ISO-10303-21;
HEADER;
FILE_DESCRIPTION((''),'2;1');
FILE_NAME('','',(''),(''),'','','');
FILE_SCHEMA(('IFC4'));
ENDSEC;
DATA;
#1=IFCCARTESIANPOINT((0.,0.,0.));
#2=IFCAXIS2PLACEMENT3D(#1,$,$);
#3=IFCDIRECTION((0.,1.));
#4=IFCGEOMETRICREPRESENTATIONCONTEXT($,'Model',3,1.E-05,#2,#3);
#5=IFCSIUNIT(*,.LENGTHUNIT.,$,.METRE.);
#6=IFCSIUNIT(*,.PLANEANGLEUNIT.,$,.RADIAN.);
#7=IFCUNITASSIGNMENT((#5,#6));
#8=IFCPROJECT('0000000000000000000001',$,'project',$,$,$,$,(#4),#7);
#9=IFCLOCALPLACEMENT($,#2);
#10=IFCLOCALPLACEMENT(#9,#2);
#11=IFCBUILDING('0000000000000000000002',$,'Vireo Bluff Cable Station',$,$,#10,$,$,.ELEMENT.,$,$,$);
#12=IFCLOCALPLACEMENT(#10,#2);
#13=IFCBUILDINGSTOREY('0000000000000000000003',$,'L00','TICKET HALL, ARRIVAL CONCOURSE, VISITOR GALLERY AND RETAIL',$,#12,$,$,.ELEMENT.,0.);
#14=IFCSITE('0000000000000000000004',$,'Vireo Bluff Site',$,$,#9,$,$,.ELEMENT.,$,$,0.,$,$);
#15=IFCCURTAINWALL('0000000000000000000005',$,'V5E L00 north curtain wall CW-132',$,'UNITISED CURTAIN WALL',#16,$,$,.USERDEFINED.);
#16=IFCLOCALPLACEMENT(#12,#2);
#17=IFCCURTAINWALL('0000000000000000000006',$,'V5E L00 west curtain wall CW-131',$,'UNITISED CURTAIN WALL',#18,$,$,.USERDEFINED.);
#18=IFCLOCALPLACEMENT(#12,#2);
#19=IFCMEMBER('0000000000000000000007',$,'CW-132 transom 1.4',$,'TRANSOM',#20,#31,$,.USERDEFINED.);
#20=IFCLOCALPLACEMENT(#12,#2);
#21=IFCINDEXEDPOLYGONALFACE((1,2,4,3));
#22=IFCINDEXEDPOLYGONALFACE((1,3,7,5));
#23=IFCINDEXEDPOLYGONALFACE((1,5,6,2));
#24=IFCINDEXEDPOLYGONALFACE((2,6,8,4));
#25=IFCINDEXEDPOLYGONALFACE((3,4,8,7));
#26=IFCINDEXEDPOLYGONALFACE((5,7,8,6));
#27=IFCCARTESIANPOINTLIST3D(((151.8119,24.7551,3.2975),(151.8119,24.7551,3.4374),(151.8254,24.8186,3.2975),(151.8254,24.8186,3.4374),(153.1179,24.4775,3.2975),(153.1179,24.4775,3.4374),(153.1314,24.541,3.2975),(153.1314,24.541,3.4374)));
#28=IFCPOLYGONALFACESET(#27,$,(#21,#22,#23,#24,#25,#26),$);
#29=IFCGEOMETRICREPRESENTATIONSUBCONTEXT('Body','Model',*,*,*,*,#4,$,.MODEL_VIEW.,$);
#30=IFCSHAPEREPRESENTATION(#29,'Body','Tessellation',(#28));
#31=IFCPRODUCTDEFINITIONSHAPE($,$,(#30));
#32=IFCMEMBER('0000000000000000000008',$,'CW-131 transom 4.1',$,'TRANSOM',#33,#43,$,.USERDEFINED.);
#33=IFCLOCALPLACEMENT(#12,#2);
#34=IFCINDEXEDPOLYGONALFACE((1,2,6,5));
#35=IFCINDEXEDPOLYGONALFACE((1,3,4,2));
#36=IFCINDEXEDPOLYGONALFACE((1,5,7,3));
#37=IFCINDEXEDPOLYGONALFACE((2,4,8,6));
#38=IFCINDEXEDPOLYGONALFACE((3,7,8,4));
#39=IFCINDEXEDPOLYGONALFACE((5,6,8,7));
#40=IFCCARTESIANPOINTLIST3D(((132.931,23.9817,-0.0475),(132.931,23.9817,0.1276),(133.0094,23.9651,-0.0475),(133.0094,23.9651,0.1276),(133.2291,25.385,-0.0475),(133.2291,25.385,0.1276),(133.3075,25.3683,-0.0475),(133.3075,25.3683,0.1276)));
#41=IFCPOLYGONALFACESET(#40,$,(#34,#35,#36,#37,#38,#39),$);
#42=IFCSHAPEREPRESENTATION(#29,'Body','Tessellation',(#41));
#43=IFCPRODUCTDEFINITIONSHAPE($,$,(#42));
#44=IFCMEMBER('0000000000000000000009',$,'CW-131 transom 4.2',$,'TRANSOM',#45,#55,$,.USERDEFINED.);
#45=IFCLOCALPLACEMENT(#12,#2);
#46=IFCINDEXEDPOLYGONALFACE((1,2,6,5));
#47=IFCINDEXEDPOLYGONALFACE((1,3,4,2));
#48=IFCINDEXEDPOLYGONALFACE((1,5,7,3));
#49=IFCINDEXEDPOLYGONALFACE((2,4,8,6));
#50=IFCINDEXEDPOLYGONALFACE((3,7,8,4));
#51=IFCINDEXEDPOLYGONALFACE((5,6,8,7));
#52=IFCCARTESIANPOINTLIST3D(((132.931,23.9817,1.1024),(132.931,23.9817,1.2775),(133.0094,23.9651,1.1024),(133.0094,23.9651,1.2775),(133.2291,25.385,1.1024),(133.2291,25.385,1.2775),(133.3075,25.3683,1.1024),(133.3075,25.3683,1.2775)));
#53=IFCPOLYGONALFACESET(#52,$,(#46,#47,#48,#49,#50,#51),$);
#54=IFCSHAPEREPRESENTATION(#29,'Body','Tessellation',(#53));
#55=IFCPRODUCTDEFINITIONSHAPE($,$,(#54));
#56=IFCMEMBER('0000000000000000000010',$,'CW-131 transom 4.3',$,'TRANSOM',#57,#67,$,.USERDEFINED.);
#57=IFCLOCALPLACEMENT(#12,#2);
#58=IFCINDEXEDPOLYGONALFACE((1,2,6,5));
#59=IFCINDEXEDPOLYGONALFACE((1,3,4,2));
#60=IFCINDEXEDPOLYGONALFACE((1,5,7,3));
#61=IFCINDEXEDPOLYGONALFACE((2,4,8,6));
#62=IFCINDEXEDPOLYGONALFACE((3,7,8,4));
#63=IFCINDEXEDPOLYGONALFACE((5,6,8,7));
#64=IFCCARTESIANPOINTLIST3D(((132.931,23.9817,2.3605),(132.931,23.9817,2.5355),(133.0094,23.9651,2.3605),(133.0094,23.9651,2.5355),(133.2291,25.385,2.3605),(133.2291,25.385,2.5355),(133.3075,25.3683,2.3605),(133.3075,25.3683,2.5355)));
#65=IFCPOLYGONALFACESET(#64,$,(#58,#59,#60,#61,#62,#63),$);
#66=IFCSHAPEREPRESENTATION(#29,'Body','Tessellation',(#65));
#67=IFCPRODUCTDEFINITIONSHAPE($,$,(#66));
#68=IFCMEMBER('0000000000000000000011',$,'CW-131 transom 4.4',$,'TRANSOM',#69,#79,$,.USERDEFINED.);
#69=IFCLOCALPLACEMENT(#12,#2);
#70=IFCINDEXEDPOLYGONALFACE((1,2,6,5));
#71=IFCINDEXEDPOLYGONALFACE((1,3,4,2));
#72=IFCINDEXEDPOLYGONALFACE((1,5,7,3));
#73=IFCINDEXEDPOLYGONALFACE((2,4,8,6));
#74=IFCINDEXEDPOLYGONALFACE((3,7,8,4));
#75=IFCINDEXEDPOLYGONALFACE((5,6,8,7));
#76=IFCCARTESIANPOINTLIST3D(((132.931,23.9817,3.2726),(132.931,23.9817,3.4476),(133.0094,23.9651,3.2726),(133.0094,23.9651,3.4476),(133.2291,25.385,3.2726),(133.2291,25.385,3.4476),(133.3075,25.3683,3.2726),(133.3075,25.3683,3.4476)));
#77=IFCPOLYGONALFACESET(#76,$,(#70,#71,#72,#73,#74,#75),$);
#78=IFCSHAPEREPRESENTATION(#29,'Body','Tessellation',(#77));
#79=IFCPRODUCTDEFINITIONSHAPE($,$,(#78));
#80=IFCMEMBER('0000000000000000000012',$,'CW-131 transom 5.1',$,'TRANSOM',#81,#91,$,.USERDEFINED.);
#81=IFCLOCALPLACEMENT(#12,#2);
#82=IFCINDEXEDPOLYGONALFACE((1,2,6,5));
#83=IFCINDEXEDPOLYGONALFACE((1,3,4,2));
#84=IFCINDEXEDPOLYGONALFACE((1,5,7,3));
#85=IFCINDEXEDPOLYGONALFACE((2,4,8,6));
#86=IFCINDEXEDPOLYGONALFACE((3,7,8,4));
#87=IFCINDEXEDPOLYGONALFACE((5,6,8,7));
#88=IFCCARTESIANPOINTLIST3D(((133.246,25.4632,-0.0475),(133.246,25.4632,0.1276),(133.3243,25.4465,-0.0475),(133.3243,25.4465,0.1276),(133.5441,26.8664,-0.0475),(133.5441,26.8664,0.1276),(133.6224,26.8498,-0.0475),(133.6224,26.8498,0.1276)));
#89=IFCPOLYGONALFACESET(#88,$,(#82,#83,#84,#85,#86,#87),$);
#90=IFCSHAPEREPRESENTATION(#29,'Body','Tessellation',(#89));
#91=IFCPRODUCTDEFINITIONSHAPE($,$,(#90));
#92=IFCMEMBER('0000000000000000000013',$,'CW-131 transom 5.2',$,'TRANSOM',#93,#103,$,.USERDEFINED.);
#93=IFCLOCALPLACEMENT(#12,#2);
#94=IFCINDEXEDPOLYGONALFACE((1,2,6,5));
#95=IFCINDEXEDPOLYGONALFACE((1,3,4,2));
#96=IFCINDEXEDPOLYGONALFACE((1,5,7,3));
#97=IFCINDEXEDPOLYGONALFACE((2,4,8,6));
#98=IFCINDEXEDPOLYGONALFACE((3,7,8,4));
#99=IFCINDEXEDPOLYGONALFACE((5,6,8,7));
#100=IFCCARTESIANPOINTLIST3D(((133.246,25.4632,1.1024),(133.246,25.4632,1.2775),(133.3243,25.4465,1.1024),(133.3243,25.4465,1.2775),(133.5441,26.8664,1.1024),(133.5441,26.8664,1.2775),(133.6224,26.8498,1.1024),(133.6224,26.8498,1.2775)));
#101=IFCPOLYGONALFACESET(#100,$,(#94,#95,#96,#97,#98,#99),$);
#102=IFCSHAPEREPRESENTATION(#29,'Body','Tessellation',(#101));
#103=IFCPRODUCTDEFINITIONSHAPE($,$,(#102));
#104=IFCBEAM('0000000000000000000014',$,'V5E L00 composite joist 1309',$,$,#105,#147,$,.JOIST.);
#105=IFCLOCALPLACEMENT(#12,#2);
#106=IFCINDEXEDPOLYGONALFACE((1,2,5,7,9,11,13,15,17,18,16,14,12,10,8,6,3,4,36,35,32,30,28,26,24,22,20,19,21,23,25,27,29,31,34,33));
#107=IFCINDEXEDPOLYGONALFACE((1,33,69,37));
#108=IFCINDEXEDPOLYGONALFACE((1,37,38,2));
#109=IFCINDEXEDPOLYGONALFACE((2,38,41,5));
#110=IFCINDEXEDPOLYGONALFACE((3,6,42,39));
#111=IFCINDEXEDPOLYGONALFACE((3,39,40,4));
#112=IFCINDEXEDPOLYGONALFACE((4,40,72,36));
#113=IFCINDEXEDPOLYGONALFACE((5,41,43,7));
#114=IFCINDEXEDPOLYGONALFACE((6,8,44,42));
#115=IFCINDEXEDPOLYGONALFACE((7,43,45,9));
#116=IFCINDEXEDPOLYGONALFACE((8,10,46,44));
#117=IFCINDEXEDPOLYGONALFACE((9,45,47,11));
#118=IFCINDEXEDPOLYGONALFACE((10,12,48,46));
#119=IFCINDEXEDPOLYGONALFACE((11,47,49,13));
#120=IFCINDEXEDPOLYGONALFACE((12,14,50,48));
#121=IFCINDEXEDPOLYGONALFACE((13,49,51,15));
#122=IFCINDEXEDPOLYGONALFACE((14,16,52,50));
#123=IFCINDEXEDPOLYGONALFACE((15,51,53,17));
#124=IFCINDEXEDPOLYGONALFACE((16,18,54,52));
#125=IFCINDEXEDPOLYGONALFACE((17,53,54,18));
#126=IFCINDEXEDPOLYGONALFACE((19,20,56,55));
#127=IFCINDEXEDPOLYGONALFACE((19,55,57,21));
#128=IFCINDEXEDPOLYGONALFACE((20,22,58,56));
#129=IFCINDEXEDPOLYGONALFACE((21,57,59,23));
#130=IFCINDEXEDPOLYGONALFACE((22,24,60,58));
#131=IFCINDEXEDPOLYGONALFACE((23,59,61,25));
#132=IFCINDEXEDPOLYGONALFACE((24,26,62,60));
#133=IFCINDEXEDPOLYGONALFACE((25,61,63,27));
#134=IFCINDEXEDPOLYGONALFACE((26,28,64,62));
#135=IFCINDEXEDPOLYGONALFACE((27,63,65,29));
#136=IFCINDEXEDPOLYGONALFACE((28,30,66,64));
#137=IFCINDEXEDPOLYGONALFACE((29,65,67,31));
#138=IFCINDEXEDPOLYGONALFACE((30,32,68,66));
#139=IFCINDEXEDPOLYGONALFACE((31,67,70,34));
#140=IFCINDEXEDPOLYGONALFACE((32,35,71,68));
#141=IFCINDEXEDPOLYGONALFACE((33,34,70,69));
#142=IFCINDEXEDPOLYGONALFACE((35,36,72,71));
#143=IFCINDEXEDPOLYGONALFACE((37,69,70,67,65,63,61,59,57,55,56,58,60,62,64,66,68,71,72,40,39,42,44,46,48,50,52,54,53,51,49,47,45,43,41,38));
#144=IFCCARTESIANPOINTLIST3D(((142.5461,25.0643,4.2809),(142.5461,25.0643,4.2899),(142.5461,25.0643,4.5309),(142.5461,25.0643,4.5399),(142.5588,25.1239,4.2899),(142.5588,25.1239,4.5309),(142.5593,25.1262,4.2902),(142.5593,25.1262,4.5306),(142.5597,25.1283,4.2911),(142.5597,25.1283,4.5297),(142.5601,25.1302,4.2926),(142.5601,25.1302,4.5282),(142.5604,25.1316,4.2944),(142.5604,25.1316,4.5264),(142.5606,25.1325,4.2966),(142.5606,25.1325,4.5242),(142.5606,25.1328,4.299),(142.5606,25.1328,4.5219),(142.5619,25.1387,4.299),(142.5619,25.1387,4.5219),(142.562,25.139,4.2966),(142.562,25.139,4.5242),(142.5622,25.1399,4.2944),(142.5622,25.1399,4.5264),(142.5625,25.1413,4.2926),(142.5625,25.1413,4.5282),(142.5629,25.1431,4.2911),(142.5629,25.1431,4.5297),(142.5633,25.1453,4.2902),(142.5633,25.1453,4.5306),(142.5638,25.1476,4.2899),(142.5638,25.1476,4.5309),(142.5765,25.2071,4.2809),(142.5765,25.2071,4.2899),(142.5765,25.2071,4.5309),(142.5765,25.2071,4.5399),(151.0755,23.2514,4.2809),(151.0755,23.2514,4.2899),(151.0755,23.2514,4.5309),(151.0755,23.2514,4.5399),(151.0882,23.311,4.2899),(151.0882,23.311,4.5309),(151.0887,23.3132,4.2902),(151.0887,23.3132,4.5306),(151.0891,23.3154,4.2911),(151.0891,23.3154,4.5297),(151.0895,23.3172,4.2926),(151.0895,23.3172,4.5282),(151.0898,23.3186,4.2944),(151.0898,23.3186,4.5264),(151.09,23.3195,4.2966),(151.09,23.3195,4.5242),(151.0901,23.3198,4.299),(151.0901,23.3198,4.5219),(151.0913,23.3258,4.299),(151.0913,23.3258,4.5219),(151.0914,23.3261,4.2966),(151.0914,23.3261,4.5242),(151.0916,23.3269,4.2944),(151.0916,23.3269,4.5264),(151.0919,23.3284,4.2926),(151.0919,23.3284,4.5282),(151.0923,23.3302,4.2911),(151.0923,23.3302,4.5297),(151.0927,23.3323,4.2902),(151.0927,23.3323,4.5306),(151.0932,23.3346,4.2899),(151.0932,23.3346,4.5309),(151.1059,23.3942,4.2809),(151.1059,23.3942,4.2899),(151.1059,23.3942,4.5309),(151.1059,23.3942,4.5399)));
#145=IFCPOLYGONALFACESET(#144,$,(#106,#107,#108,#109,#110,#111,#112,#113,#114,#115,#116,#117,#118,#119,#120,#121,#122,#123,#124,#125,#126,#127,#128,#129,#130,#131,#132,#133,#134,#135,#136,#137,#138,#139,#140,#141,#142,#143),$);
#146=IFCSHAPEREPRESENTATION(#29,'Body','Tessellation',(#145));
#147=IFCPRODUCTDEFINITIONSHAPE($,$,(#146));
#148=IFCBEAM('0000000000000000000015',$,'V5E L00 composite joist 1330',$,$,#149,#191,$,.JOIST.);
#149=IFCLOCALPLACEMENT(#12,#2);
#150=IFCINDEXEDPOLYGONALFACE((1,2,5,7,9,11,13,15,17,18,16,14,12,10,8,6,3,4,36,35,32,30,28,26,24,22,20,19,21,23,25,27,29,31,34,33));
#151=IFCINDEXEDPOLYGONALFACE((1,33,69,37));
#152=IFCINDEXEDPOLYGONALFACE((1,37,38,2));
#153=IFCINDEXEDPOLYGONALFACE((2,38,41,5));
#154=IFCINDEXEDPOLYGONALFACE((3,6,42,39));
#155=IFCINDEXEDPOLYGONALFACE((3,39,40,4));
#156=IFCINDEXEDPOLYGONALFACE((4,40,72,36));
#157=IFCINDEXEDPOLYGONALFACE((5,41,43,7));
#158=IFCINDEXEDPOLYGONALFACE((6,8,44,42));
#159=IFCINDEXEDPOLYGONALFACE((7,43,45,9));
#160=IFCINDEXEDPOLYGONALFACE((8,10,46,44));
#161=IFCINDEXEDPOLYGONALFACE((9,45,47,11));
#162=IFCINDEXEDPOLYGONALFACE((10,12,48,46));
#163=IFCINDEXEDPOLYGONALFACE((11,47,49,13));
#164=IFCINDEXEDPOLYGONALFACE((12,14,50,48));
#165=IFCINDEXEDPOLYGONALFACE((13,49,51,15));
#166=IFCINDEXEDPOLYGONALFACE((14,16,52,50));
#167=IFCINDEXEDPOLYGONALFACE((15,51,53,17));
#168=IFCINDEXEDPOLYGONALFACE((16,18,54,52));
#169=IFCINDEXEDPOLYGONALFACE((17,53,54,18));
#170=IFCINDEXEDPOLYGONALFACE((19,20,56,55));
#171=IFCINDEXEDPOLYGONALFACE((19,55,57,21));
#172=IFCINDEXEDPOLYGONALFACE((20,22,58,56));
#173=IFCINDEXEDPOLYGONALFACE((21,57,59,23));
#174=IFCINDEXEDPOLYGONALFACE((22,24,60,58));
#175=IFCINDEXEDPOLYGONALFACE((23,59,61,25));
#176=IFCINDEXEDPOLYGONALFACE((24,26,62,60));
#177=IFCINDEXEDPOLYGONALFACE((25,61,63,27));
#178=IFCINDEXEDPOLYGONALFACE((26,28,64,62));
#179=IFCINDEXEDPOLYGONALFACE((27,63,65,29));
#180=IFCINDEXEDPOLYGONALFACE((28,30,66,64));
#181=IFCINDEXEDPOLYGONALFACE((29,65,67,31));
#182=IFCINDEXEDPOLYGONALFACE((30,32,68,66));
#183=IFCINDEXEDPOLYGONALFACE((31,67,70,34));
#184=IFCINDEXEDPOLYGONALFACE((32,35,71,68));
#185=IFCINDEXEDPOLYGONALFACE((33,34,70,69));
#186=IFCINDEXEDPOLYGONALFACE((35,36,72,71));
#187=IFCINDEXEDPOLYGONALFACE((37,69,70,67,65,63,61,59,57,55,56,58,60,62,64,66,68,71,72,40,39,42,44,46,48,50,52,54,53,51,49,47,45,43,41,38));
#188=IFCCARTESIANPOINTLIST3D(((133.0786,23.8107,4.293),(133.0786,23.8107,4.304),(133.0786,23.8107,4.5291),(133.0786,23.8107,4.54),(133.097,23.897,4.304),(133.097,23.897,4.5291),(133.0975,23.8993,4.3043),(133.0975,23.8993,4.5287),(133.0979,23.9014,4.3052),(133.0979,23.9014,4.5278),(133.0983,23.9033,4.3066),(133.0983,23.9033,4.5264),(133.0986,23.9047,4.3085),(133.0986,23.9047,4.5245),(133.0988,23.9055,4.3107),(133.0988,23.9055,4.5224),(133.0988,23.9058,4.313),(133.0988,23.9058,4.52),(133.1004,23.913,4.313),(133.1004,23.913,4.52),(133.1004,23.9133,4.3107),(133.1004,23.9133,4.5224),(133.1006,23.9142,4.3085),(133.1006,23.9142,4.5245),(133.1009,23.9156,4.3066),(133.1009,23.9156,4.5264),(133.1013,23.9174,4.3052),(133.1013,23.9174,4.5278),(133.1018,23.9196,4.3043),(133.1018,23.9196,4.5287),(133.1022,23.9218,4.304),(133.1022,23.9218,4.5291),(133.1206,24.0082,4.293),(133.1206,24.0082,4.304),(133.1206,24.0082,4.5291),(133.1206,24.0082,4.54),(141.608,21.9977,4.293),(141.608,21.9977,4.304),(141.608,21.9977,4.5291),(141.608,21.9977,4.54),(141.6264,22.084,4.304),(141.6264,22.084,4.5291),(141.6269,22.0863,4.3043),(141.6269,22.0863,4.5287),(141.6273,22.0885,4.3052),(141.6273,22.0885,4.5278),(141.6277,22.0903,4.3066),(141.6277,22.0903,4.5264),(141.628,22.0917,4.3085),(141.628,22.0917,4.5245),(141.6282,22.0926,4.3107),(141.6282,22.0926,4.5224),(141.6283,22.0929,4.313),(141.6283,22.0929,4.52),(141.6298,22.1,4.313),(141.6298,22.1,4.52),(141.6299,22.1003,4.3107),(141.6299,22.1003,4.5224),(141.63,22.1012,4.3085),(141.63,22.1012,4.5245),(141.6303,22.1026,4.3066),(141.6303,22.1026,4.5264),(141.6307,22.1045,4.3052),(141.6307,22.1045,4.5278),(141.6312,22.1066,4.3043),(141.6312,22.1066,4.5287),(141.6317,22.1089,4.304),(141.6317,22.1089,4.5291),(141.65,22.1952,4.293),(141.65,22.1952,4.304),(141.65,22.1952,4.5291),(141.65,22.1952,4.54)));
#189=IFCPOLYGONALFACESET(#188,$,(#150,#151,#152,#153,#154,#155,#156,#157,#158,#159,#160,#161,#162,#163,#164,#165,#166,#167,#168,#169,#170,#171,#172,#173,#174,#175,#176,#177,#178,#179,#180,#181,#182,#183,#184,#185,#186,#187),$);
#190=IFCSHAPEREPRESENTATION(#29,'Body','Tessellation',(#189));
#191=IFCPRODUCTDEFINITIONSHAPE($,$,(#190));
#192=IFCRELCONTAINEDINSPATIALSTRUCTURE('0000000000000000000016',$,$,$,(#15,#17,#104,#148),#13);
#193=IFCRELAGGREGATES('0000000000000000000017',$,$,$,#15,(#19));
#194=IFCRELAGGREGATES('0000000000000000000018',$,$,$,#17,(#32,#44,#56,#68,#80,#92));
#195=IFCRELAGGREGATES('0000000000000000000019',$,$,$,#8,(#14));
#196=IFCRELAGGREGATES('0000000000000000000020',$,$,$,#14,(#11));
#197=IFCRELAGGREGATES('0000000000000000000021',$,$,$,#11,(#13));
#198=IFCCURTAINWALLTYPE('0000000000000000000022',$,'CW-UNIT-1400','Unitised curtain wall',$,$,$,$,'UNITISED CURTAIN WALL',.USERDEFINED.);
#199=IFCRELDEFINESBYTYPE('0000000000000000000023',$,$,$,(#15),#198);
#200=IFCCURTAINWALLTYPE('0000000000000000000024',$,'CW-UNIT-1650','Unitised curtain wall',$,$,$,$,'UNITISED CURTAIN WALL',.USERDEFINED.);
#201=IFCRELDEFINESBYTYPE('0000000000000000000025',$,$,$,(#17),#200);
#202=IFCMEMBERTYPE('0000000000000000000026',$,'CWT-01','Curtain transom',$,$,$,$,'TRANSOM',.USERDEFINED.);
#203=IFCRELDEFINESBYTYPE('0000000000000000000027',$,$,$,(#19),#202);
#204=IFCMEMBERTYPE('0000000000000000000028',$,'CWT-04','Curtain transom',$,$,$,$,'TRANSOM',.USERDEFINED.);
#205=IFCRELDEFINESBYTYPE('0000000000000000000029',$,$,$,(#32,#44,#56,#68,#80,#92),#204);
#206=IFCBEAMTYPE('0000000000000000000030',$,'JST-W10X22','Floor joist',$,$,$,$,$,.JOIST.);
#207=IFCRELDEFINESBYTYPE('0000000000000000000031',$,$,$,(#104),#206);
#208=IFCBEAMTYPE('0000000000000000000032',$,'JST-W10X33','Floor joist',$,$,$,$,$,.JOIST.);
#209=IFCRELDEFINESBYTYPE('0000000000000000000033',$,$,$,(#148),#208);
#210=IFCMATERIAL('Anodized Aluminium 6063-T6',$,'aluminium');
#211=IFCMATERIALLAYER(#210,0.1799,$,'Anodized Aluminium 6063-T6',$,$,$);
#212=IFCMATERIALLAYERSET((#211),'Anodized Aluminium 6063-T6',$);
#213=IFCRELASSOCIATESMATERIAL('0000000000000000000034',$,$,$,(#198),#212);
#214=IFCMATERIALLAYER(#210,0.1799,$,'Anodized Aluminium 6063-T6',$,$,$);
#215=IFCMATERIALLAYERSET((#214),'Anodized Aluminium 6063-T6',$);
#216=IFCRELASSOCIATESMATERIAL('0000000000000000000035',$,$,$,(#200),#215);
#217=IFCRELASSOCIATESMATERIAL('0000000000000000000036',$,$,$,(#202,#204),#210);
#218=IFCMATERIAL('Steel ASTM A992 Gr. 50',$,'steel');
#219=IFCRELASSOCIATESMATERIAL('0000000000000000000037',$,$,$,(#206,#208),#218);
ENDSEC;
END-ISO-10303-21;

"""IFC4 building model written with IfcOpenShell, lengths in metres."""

from ifc_helpers import new_model, si_unit, direction, frame, origin, origin_2d, place, context, subcontext, project, spatial, rectangle, i_section, extrude, material, layer, layer_set, material_profile, profile_set, type_object, element, aggregate, save


model = new_model("IFC4")

# Units and contexts
model_context = context("Model", 3, precision=1e-05, world=origin(), true_north=direction((0.0, 1.0)))
body_context = subcontext(model_context, "Body", "Model", "MODEL_VIEW")
ifc_project = project(units=[si_unit("LENGTHUNIT", "METRE"), si_unit("PLANEANGLEUNIT", "RADIAN")], contexts=[model_context])

# Site, building, storey
site_placement = place(None, origin())
site = spatial("IfcSite", under=ifc_project, at=site_placement, Name="Vireo Bluff Site", CompositionType="ELEMENT", RefElevation=0.0)
building_placement = place(site_placement, origin())
building = spatial("IfcBuilding", under=site, at=building_placement, Name="Vireo Bluff Cable Station", CompositionType="ELEMENT")
storey_placement = place(building_placement, origin())
storey = spatial("IfcBuildingStorey", under=building, at=storey_placement, Name="L00", Description="TICKET HALL, ARRIVAL CONCOURSE, VISITOR GALLERY AND RETAIL", CompositionType="ELEMENT", Elevation=0.0)

# Shared definitions
ifc_material_1 = material(Name="Steel ASTM A992 Gr. 50", Category="steel")

# Curtain wall
ifc_material_2 = material(Name="Anodized Aluminium 6063-T6", Category="aluminium")
ifc_layer_1 = layer(ifc_material_2, 0.1799, Name="Anodized Aluminium 6063-T6")
ifc_layer_set_1 = layer_set([ifc_layer_1], Name="Anodized Aluminium 6063-T6")
curtain_wall_type_1 = type_object("IfcCurtainWallType", Name="CW-UNIT-1400", Description="Unitised curtain wall", ElementType="UNITISED CURTAIN WALL", PredefinedType="USERDEFINED", material=ifc_layer_set_1)
curtain_wall_1_placement = place(storey_placement, origin())
curtain_wall_1 = element("IfcCurtainWall", 1, at=curtain_wall_1_placement, inside=storey, type_object=curtain_wall_type_1, Name="V5E L00 north curtain wall CW-132", ObjectType="UNITISED CURTAIN WALL", PredefinedType="USERDEFINED")

# Curtain wall
ifc_layer_2 = layer(ifc_material_2, 0.1799, Name="Anodized Aluminium 6063-T6")
ifc_layer_set_2 = layer_set([ifc_layer_2], Name="Anodized Aluminium 6063-T6")
curtain_wall_type_2 = type_object("IfcCurtainWallType", Name="CW-UNIT-1650", Description="Unitised curtain wall", ElementType="UNITISED CURTAIN WALL", PredefinedType="USERDEFINED", material=ifc_layer_set_2)
curtain_wall_2_placement = place(storey_placement, origin())
curtain_wall_2 = element("IfcCurtainWall", 2, at=curtain_wall_2_placement, inside=storey, type_object=curtain_wall_type_2, Name="V5E L00 west curtain wall CW-131", ObjectType="UNITISED CURTAIN WALL", PredefinedType="USERDEFINED")

# Members
ifc_material_profile_1 = material_profile(ifc_material_2, rectangle(XDim=0.0649, YDim=0.1399, at=origin_2d()), Name="ALU-T-65X140")
ifc_profile_set_1 = profile_set([ifc_material_profile_1], Name="Anodized Aluminium 6063-T6")
member_type_1 = type_object("IfcMemberType", Name="CWT-01", Description="Curtain transom", ElementType="TRANSOM", PredefinedType="USERDEFINED", material=ifc_profile_set_1)
member_1_placement = place(storey_placement, frame((151.8186, 24.7869, 3.3674), z_axis=(0.978146, -0.207918, 0.0), x_axis=(0.207918, 0.978146, 0.0)))
member_1 = element("IfcMember", 3, at=member_1_placement, type_object=member_type_1, Name="CW-132 transom 1.4", ObjectType="TRANSOM", PredefinedType="USERDEFINED", context=body_context, shape_type="SweptSolid", body=[
    extrude(rectangle(XDim=0.0649, YDim=0.1399, at=origin_2d()), origin(), (0.0, 0.0, 1.0), 1.3352),
])
aggregate(curtain_wall_1, [member_1])
ifc_material_profile_2 = material_profile(ifc_material_2, rectangle(XDim=0.0801, YDim=0.175, at=origin_2d()), Name="ALU-T-80X175")
ifc_profile_set_2 = profile_set([ifc_material_profile_2], Name="Anodized Aluminium 6063-T6")
member_type_2 = type_object("IfcMemberType", Name="CWT-04", Description="Curtain transom", ElementType="TRANSOM", PredefinedType="USERDEFINED", material=ifc_profile_set_2)
member_2_placement = place(storey_placement, frame((132.9702, 23.9734, 0.04), z_axis=(0.207785, 0.978174, 0.0), x_axis=(-0.978174, 0.207785, 0.0)))
member_2 = element("IfcMember", 4, at=member_2_placement, type_object=member_type_2, Name="CW-131 transom 4.1", ObjectType="TRANSOM", PredefinedType="USERDEFINED", context=body_context, shape_type="SweptSolid", body=[
    extrude(rectangle(XDim=0.0801, YDim=0.175, at=origin_2d()), origin(), (0.0, 0.0, 1.0), 1.4346),
])
member_3_placement = place(storey_placement, frame((132.9702, 23.9734, 1.1899), z_axis=(0.207785, 0.978174, 0.0), x_axis=(-0.978174, 0.207785, 0.0)))
member_3 = element("IfcMember", 5, at=member_3_placement, type_object=member_type_2, Name="CW-131 transom 4.2", ObjectType="TRANSOM", PredefinedType="USERDEFINED", context=body_context, shape_type="SweptSolid", body=[
    extrude(rectangle(XDim=0.0801, YDim=0.175, at=origin_2d()), origin(), (0.0, 0.0, 1.0), 1.4346),
])
member_4_placement = place(storey_placement, frame((132.9702, 23.9734, 2.448), z_axis=(0.207785, 0.978174, 0.0), x_axis=(-0.978174, 0.207785, 0.0)))
member_4 = element("IfcMember", 6, at=member_4_placement, type_object=member_type_2, Name="CW-131 transom 4.3", ObjectType="TRANSOM", PredefinedType="USERDEFINED", context=body_context, shape_type="SweptSolid", body=[
    extrude(rectangle(XDim=0.0801, YDim=0.175, at=origin_2d()), origin(), (0.0, 0.0, 1.0), 1.4346),
])
member_5_placement = place(storey_placement, frame((132.9702, 23.9734, 3.3601), z_axis=(0.207785, 0.978174, 0.0), x_axis=(-0.978174, 0.207785, 0.0)))
member_5 = element("IfcMember", 7, at=member_5_placement, type_object=member_type_2, Name="CW-131 transom 4.4", ObjectType="TRANSOM", PredefinedType="USERDEFINED", context=body_context, shape_type="SweptSolid", body=[
    extrude(rectangle(XDim=0.0801, YDim=0.175, at=origin_2d()), origin(), (0.0, 0.0, 1.0), 1.4346),
])
member_6_placement = place(storey_placement, frame((133.2852, 25.4548, 0.04), z_axis=(0.207785, 0.978174, 0.0), x_axis=(-0.978174, 0.207785, 0.0)))
member_6 = element("IfcMember", 8, at=member_6_placement, type_object=member_type_2, Name="CW-131 transom 5.1", ObjectType="TRANSOM", PredefinedType="USERDEFINED", context=body_context, shape_type="SweptSolid", body=[
    extrude(rectangle(XDim=0.0801, YDim=0.175, at=origin_2d()), origin(), (0.0, 0.0, 1.0), 1.4346),
])
member_7_placement = place(storey_placement, frame((133.2852, 25.4548, 1.1899), z_axis=(0.207785, 0.978174, 0.0), x_axis=(-0.978174, 0.207785, 0.0)))
member_7 = element("IfcMember", 9, at=member_7_placement, type_object=member_type_2, Name="CW-131 transom 5.2", ObjectType="TRANSOM", PredefinedType="USERDEFINED", context=body_context, shape_type="SweptSolid", body=[
    extrude(rectangle(XDim=0.0801, YDim=0.175, at=origin_2d()), origin(), (0.0, 0.0, 1.0), 1.4346),
])

# Beams
ifc_material_profile_3 = material_profile(ifc_material_1, i_section(OverallWidth=0.146, OverallDepth=0.259, WebThickness=0.0061, FlangeThickness=0.009, FilletRadius=0.009, at=origin_2d()), Name="W10X22")
ifc_profile_set_3 = profile_set([ifc_material_profile_3], Name="Steel ASTM A992 Gr. 50")
beam_type_1 = type_object("IfcBeamType", Name="JST-W10X22", Description="Floor joist", PredefinedType="JOIST", material=ifc_profile_set_3)
beam_1_placement = place(storey_placement, frame((142.5613, 25.1357, 4.4104), z_axis=(0.978148, -0.207909, 0.0), x_axis=(0.207909, 0.978148, 0.0)))
element("IfcBeam", 10, at=beam_1_placement, inside=storey, type_object=beam_type_1, Name="V5E L00 composite joist 1309", PredefinedType="JOIST", context=body_context, shape_type="SweptSolid", body=[
    extrude(i_section(OverallWidth=0.146, OverallDepth=0.259, WebThickness=0.0061, FlangeThickness=0.009, FilletRadius=0.009, at=origin_2d()), origin(), (0.0, 0.0, 1.0), 8.72),
])
ifc_material_profile_4 = material_profile(ifc_material_1, i_section(OverallWidth=0.2019, OverallDepth=0.2471, WebThickness=0.0073, FlangeThickness=0.011, FilletRadius=0.009, at=origin_2d()), Name="W10X33")
ifc_profile_set_4 = profile_set([ifc_material_profile_4], Name="Steel ASTM A992 Gr. 50")
beam_type_2 = type_object("IfcBeamType", Name="JST-W10X33", Description="Floor joist", PredefinedType="JOIST", material=ifc_profile_set_4)
beam_2_placement = place(storey_placement, frame((133.0996, 23.9094, 4.4165), z_axis=(0.978148, -0.207909, 0.0), x_axis=(0.207909, 0.978148, 0.0)))
element("IfcBeam", 11, at=beam_2_placement, inside=storey, type_object=beam_type_2, Name="V5E L00 composite joist 1330", PredefinedType="JOIST", context=body_context, shape_type="SweptSolid", body=[
    extrude(i_section(OverallWidth=0.2019, OverallDepth=0.2471, WebThickness=0.0073, FlangeThickness=0.011, FilletRadius=0.009, at=origin_2d()), origin(), (0.0, 0.0, 1.0), 8.72),
])

aggregate(curtain_wall_2, [member_2, member_3, member_4, member_5, member_6, member_7])

save(model, "model.ifc")
